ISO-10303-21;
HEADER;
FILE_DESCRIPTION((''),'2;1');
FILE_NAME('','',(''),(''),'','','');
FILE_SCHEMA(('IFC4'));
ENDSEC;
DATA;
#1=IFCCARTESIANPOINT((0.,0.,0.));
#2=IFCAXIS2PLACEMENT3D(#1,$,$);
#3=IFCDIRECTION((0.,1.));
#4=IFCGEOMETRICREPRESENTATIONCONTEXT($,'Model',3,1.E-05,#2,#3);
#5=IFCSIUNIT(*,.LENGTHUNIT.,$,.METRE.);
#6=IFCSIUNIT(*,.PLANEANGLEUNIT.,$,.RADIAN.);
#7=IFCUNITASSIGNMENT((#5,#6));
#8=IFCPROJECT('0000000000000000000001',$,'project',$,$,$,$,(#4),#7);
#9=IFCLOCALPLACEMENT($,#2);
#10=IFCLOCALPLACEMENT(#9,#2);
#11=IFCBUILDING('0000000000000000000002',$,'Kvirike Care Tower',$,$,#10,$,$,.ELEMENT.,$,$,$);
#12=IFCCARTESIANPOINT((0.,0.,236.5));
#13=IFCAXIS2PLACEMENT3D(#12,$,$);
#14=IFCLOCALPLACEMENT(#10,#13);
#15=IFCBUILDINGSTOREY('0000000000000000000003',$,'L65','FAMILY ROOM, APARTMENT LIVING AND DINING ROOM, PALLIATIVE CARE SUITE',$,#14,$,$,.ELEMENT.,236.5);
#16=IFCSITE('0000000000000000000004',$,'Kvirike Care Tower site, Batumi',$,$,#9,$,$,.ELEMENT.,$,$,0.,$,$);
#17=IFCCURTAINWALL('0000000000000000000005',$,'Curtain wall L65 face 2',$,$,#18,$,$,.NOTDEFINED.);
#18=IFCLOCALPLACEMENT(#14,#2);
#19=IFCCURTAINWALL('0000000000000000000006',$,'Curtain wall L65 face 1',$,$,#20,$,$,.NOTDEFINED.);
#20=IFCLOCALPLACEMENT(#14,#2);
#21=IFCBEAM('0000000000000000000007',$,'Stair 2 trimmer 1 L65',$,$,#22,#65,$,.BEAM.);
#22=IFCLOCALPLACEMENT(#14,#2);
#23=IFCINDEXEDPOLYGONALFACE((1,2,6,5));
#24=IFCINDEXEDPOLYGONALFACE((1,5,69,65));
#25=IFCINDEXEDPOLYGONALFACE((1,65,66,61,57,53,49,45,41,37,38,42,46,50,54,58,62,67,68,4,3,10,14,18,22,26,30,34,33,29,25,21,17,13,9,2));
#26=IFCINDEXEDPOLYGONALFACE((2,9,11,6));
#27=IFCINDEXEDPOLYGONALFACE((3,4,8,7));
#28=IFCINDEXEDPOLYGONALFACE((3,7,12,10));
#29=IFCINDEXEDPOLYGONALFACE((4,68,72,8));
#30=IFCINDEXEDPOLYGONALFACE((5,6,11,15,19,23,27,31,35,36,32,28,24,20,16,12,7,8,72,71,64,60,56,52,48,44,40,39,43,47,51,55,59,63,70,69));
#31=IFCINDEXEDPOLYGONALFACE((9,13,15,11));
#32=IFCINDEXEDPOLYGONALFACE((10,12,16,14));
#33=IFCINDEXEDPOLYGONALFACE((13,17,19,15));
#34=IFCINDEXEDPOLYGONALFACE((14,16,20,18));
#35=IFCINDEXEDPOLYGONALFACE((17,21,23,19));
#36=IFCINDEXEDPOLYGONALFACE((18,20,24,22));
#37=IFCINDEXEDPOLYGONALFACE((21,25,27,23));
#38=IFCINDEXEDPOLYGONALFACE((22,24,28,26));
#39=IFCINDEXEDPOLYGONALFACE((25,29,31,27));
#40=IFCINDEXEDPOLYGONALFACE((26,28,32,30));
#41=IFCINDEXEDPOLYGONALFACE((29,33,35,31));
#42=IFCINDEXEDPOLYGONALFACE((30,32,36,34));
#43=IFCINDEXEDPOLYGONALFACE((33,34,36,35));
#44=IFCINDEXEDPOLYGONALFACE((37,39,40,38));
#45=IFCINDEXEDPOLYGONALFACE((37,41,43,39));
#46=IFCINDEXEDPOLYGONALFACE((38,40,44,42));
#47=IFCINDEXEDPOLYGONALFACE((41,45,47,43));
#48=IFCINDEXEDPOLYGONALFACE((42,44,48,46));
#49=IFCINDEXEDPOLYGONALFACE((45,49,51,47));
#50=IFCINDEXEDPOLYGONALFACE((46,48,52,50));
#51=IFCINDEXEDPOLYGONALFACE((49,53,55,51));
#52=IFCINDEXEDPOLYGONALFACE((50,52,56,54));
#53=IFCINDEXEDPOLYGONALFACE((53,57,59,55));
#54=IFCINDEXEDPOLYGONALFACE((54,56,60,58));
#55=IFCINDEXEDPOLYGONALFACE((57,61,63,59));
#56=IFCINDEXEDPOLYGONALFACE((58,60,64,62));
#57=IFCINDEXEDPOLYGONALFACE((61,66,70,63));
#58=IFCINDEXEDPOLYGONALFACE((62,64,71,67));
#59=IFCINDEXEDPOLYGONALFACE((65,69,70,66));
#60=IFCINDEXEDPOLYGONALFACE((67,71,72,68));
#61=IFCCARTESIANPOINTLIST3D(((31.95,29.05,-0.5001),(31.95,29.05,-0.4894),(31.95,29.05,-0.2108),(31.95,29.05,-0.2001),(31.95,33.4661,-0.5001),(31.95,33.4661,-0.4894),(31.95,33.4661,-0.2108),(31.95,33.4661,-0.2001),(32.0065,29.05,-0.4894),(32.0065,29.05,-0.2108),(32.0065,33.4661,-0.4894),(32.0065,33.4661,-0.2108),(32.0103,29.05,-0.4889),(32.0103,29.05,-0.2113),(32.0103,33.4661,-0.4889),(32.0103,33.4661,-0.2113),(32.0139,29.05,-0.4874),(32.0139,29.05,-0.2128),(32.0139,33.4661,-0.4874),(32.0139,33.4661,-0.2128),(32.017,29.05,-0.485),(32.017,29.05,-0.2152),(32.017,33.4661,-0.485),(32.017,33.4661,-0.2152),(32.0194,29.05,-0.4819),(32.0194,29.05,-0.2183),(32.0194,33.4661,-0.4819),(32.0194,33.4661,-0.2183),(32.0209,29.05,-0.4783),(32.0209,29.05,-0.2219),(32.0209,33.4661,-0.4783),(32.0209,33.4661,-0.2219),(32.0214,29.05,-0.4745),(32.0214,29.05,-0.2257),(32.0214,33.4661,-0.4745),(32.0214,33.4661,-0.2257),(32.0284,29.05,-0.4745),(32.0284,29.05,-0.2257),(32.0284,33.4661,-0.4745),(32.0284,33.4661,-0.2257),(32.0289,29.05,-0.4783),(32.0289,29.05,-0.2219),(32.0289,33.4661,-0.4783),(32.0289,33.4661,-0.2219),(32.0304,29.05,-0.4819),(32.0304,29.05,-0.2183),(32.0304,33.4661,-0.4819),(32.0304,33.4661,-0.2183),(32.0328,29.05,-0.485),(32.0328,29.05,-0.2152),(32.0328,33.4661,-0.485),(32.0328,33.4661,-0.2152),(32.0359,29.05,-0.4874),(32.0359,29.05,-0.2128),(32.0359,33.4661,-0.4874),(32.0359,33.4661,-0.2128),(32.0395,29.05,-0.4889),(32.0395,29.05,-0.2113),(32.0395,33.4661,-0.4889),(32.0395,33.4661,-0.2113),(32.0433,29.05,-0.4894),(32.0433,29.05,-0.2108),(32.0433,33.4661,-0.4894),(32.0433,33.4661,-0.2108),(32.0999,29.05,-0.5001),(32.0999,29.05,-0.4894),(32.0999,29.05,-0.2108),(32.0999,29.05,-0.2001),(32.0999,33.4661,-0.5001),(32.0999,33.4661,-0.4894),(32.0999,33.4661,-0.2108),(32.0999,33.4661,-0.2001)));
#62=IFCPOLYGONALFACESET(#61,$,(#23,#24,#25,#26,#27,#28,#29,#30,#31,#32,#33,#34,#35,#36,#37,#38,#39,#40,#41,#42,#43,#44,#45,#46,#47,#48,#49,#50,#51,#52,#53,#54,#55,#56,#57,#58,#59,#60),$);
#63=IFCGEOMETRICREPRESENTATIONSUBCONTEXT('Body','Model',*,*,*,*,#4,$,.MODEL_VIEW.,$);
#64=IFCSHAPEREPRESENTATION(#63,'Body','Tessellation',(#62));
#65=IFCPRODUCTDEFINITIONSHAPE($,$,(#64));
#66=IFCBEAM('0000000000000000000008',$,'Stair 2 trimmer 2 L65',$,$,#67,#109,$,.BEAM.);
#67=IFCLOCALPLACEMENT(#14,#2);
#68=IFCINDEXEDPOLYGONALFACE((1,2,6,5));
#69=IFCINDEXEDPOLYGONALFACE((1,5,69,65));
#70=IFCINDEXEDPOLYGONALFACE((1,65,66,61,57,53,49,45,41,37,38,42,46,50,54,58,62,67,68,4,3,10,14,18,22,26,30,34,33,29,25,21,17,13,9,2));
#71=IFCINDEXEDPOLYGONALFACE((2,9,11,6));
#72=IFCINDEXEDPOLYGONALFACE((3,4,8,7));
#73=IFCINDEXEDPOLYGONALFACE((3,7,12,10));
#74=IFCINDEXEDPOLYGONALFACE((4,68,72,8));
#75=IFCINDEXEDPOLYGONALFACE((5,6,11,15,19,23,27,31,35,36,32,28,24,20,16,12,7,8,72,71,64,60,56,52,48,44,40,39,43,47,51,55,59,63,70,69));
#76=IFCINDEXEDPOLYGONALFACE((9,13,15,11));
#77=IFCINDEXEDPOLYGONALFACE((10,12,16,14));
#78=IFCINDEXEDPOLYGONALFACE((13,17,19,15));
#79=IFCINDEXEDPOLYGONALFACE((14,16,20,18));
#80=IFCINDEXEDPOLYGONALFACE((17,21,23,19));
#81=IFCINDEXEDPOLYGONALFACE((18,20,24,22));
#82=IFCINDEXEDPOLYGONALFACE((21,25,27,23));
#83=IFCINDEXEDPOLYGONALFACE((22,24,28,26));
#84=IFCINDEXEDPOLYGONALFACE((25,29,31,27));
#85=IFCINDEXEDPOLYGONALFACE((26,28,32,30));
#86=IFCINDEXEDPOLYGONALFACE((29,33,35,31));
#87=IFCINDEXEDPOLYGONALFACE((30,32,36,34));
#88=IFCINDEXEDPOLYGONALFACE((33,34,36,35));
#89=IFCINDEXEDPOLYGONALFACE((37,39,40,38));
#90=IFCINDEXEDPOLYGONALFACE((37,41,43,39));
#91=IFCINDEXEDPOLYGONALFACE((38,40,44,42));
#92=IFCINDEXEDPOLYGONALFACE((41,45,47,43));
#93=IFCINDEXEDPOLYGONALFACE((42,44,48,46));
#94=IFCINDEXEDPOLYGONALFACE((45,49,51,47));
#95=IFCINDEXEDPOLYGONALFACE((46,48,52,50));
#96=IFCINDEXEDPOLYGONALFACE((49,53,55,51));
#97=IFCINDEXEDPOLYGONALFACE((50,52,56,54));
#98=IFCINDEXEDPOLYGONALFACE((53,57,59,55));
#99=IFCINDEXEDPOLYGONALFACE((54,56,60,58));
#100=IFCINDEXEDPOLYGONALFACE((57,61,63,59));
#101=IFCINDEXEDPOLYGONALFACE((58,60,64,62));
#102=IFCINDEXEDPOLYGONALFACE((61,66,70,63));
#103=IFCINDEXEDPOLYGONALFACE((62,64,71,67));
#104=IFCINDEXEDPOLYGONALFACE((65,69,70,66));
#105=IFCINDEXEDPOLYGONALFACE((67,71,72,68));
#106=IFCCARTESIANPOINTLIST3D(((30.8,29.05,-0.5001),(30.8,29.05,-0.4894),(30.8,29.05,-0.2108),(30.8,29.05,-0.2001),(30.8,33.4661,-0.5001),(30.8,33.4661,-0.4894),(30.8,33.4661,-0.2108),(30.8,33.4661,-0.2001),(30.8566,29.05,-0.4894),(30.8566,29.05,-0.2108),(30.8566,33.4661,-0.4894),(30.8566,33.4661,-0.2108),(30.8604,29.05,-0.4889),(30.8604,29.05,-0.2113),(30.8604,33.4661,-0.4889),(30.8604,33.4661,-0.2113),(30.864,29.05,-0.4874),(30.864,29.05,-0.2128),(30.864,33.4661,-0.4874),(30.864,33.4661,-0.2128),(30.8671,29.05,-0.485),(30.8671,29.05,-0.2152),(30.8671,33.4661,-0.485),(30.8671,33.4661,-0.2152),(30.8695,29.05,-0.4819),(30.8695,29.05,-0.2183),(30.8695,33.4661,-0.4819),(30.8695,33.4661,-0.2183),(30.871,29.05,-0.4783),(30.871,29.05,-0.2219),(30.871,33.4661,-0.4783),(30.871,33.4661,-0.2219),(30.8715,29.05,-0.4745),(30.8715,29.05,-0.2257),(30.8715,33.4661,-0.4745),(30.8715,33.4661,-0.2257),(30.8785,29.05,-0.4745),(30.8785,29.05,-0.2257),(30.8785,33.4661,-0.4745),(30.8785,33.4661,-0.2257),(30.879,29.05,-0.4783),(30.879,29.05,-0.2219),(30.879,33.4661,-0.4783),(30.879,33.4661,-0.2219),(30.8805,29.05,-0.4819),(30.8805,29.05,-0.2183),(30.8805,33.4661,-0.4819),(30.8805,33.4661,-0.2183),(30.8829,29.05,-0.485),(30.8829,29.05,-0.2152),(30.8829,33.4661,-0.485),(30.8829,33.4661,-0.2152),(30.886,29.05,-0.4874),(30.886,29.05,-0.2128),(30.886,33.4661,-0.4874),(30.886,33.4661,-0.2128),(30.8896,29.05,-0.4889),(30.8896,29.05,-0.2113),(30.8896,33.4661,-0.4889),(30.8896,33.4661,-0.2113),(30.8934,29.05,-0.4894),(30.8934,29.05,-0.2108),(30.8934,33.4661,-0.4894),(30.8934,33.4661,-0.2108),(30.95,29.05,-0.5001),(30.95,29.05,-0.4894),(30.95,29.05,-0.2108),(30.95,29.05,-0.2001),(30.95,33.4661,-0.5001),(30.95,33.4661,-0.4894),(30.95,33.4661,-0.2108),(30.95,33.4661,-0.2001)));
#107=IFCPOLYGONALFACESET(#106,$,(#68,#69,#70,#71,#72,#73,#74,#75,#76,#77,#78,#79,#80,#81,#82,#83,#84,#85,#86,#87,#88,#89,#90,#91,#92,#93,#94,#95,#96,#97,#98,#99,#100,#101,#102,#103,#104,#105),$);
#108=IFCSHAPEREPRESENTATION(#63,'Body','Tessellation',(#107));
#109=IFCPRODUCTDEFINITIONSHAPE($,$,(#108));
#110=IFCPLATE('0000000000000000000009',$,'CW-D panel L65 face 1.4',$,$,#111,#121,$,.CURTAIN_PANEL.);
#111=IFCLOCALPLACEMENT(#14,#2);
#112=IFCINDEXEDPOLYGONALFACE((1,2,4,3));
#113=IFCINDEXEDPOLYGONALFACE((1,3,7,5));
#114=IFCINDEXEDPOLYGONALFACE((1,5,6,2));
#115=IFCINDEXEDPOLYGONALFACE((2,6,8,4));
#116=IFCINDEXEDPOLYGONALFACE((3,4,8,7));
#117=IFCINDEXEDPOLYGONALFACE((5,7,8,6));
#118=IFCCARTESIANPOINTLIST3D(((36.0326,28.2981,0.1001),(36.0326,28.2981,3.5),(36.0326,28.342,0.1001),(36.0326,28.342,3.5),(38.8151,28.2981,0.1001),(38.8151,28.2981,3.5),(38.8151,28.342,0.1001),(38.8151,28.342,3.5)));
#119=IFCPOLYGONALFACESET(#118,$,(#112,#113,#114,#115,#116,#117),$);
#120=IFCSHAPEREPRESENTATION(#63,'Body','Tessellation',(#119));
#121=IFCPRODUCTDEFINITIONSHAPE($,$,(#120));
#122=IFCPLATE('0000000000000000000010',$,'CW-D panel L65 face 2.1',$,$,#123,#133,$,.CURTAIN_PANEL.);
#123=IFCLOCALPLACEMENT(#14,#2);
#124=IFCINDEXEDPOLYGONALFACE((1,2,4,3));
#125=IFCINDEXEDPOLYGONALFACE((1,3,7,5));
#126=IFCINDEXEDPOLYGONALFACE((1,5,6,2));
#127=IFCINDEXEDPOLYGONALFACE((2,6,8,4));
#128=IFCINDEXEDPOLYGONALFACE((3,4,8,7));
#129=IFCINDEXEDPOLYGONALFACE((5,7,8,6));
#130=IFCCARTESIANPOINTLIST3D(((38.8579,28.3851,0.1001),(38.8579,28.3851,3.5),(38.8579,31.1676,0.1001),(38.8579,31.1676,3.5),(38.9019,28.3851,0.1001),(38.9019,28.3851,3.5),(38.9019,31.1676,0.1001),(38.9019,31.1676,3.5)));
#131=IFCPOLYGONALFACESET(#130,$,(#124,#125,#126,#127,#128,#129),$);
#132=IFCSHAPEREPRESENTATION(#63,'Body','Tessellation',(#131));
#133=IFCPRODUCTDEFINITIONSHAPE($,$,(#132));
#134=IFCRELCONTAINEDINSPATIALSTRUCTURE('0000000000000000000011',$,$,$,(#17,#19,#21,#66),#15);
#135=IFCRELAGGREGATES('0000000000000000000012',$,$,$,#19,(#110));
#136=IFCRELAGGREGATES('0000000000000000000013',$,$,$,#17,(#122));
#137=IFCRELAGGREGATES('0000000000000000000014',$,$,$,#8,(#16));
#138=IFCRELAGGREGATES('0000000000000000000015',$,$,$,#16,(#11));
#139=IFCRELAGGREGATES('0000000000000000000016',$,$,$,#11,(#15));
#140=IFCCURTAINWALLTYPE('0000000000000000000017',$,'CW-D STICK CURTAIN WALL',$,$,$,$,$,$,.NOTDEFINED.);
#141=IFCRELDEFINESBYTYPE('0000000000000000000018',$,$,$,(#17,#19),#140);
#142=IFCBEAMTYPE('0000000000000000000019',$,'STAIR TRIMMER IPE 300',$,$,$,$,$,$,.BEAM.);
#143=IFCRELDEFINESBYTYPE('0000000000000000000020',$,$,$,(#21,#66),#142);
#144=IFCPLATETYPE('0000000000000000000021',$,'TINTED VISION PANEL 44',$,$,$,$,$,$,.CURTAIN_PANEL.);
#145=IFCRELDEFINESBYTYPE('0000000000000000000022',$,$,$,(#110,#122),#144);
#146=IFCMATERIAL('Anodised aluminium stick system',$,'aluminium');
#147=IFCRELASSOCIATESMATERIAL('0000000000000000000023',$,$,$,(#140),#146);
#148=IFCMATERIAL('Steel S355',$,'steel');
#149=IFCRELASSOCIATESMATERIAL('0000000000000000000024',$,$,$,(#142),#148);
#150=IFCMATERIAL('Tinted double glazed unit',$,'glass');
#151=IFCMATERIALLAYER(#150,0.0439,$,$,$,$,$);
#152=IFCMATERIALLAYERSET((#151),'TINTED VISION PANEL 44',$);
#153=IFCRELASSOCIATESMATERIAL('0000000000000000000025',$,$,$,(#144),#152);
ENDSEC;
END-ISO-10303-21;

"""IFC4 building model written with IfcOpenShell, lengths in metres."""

from ifc_helpers import new_model, si_unit, direction, frame, origin, origin_2d, place, context, subcontext, project, spatial, rectangle, i_section, extrude, material, layer, layer_set, material_profile, profile_set, type_object, element, aggregate, save


model = new_model("IFC4")

# Units and contexts
model_context = context("Model", 3, precision=1e-05, world=origin(), true_north=direction((0.0, 1.0)))
body_context = subcontext(model_context, "Body", "Model", "MODEL_VIEW")
ifc_project = project(units=[si_unit("LENGTHUNIT", "METRE"), si_unit("PLANEANGLEUNIT", "RADIAN")], contexts=[model_context])

# Site, building, storey
site_placement = place(None, origin())
site = spatial("IfcSite", under=ifc_project, at=site_placement, Name="Kvirike Care Tower site, Batumi", CompositionType="ELEMENT", RefElevation=0.0)
building_placement = place(site_placement, origin())
building = spatial("IfcBuilding", under=site, at=building_placement, Name="Kvirike Care Tower", CompositionType="ELEMENT")
storey_placement = place(building_placement, frame((0.0, 0.0, 236.5)))
storey = spatial("IfcBuildingStorey", under=building, at=storey_placement, Name="L65", Description="FAMILY ROOM, APARTMENT LIVING AND DINING ROOM, PALLIATIVE CARE SUITE", CompositionType="ELEMENT", Elevation=236.5)

# Curtain walls
ifc_material_1 = material(Name="Anodised aluminium stick system", Category="aluminium")
curtain_wall_type = type_object("IfcCurtainWallType", Name="CW-D STICK CURTAIN WALL", PredefinedType="NOTDEFINED", material=ifc_material_1)
curtain_wall_1_placement = place(storey_placement, origin())
curtain_wall_1 = element("IfcCurtainWall", 1, at=curtain_wall_1_placement, inside=storey, type_object=curtain_wall_type, Name="Curtain wall L65 face 2", PredefinedType="NOTDEFINED")
curtain_wall_2_placement = place(storey_placement, origin())
curtain_wall_2 = element("IfcCurtainWall", 2, at=curtain_wall_2_placement, inside=storey, type_object=curtain_wall_type, Name="Curtain wall L65 face 1", PredefinedType="NOTDEFINED")

# Beams
ifc_material_2 = material(Name="Steel S355", Category="steel")
ifc_material_profile_1 = material_profile(ifc_material_2, i_section(OverallWidth=0.1499, OverallDepth=0.3, WebThickness=0.0071, FlangeThickness=0.0107, FilletRadius=0.0149, at=origin_2d()), Name="IPE 300")
ifc_profile_set_1 = profile_set([ifc_material_profile_1], Name="Steel S355")
beam_type_1 = type_object("IfcBeamType", Name="STAIR TRIMMER IPE 300", PredefinedType="BEAM", material=ifc_profile_set_1)
for number, where, z_axis, x_axis, name in (
    (3, (32.0249, 29.05, -0.3501), (0.0, 1.0, 0.0), (-1.0, 0.0, 0.0), "Stair 2 trimmer 1 L65"),
    (4, (30.875, 29.05, -0.3501), (0.0, 1.0, 0.0), (-1.0, 0.0, 0.0), "Stair 2 trimmer 2 L65"),
):
    element("IfcBeam", number, at=place(storey_placement, frame(where, z_axis=z_axis, x_axis=x_axis)), inside=storey, type_object=beam_type_1, Name=name, PredefinedType="BEAM", context=body_context, shape_type="SweptSolid", body=[
        extrude(i_section(OverallWidth=0.1499, OverallDepth=0.3, WebThickness=0.0071, FlangeThickness=0.0107, FilletRadius=0.0149, at=origin_2d()), origin(), (0.0, 0.0, 1.0), 4.416),
    ])

# Plates
ifc_material_3 = material(Name="Tinted double glazed unit", Category="glass")
ifc_layer_1 = layer(ifc_material_3, 0.0439)
ifc_layer_set_1 = layer_set([ifc_layer_1], Name="TINTED VISION PANEL 44")
plate_type = type_object("IfcPlateType", Name="TINTED VISION PANEL 44", PredefinedType="CURTAIN_PANEL", material=ifc_layer_set_1)
plate_1_placement = place(storey_placement, frame((37.4238, 28.3201, 0.1001), z_axis=(0.0, 0.0, 1.0), x_axis=(1.0, 0.0, 0.0)))
plate_1 = element("IfcPlate", 5, at=plate_1_placement, type_object=plate_type, Name="CW-D panel L65 face 1.4", PredefinedType="CURTAIN_PANEL", context=body_context, shape_type="SweptSolid", body=[
    extrude(rectangle(XDim=2.7825, YDim=0.0439, at=origin_2d()), origin(), (0.0, 0.0, 1.0), 3.3999),
])
aggregate(curtain_wall_2, [plate_1])
plate_2_placement = place(storey_placement, frame((38.8799, 29.7764, 0.1001), z_axis=(0.0, 0.0, 1.0), x_axis=(0.0, 1.0, 0.0)))
plate_2 = element("IfcPlate", 6, at=plate_2_placement, type_object=plate_type, Name="CW-D panel L65 face 2.1", PredefinedType="CURTAIN_PANEL", context=body_context, shape_type="SweptSolid", body=[
    extrude(rectangle(XDim=2.7825, YDim=0.0439, at=origin_2d()), origin(), (0.0, 0.0, 1.0), 3.3999),
])
aggregate(curtain_wall_1, [plate_2])

save(model, "model.ifc")
